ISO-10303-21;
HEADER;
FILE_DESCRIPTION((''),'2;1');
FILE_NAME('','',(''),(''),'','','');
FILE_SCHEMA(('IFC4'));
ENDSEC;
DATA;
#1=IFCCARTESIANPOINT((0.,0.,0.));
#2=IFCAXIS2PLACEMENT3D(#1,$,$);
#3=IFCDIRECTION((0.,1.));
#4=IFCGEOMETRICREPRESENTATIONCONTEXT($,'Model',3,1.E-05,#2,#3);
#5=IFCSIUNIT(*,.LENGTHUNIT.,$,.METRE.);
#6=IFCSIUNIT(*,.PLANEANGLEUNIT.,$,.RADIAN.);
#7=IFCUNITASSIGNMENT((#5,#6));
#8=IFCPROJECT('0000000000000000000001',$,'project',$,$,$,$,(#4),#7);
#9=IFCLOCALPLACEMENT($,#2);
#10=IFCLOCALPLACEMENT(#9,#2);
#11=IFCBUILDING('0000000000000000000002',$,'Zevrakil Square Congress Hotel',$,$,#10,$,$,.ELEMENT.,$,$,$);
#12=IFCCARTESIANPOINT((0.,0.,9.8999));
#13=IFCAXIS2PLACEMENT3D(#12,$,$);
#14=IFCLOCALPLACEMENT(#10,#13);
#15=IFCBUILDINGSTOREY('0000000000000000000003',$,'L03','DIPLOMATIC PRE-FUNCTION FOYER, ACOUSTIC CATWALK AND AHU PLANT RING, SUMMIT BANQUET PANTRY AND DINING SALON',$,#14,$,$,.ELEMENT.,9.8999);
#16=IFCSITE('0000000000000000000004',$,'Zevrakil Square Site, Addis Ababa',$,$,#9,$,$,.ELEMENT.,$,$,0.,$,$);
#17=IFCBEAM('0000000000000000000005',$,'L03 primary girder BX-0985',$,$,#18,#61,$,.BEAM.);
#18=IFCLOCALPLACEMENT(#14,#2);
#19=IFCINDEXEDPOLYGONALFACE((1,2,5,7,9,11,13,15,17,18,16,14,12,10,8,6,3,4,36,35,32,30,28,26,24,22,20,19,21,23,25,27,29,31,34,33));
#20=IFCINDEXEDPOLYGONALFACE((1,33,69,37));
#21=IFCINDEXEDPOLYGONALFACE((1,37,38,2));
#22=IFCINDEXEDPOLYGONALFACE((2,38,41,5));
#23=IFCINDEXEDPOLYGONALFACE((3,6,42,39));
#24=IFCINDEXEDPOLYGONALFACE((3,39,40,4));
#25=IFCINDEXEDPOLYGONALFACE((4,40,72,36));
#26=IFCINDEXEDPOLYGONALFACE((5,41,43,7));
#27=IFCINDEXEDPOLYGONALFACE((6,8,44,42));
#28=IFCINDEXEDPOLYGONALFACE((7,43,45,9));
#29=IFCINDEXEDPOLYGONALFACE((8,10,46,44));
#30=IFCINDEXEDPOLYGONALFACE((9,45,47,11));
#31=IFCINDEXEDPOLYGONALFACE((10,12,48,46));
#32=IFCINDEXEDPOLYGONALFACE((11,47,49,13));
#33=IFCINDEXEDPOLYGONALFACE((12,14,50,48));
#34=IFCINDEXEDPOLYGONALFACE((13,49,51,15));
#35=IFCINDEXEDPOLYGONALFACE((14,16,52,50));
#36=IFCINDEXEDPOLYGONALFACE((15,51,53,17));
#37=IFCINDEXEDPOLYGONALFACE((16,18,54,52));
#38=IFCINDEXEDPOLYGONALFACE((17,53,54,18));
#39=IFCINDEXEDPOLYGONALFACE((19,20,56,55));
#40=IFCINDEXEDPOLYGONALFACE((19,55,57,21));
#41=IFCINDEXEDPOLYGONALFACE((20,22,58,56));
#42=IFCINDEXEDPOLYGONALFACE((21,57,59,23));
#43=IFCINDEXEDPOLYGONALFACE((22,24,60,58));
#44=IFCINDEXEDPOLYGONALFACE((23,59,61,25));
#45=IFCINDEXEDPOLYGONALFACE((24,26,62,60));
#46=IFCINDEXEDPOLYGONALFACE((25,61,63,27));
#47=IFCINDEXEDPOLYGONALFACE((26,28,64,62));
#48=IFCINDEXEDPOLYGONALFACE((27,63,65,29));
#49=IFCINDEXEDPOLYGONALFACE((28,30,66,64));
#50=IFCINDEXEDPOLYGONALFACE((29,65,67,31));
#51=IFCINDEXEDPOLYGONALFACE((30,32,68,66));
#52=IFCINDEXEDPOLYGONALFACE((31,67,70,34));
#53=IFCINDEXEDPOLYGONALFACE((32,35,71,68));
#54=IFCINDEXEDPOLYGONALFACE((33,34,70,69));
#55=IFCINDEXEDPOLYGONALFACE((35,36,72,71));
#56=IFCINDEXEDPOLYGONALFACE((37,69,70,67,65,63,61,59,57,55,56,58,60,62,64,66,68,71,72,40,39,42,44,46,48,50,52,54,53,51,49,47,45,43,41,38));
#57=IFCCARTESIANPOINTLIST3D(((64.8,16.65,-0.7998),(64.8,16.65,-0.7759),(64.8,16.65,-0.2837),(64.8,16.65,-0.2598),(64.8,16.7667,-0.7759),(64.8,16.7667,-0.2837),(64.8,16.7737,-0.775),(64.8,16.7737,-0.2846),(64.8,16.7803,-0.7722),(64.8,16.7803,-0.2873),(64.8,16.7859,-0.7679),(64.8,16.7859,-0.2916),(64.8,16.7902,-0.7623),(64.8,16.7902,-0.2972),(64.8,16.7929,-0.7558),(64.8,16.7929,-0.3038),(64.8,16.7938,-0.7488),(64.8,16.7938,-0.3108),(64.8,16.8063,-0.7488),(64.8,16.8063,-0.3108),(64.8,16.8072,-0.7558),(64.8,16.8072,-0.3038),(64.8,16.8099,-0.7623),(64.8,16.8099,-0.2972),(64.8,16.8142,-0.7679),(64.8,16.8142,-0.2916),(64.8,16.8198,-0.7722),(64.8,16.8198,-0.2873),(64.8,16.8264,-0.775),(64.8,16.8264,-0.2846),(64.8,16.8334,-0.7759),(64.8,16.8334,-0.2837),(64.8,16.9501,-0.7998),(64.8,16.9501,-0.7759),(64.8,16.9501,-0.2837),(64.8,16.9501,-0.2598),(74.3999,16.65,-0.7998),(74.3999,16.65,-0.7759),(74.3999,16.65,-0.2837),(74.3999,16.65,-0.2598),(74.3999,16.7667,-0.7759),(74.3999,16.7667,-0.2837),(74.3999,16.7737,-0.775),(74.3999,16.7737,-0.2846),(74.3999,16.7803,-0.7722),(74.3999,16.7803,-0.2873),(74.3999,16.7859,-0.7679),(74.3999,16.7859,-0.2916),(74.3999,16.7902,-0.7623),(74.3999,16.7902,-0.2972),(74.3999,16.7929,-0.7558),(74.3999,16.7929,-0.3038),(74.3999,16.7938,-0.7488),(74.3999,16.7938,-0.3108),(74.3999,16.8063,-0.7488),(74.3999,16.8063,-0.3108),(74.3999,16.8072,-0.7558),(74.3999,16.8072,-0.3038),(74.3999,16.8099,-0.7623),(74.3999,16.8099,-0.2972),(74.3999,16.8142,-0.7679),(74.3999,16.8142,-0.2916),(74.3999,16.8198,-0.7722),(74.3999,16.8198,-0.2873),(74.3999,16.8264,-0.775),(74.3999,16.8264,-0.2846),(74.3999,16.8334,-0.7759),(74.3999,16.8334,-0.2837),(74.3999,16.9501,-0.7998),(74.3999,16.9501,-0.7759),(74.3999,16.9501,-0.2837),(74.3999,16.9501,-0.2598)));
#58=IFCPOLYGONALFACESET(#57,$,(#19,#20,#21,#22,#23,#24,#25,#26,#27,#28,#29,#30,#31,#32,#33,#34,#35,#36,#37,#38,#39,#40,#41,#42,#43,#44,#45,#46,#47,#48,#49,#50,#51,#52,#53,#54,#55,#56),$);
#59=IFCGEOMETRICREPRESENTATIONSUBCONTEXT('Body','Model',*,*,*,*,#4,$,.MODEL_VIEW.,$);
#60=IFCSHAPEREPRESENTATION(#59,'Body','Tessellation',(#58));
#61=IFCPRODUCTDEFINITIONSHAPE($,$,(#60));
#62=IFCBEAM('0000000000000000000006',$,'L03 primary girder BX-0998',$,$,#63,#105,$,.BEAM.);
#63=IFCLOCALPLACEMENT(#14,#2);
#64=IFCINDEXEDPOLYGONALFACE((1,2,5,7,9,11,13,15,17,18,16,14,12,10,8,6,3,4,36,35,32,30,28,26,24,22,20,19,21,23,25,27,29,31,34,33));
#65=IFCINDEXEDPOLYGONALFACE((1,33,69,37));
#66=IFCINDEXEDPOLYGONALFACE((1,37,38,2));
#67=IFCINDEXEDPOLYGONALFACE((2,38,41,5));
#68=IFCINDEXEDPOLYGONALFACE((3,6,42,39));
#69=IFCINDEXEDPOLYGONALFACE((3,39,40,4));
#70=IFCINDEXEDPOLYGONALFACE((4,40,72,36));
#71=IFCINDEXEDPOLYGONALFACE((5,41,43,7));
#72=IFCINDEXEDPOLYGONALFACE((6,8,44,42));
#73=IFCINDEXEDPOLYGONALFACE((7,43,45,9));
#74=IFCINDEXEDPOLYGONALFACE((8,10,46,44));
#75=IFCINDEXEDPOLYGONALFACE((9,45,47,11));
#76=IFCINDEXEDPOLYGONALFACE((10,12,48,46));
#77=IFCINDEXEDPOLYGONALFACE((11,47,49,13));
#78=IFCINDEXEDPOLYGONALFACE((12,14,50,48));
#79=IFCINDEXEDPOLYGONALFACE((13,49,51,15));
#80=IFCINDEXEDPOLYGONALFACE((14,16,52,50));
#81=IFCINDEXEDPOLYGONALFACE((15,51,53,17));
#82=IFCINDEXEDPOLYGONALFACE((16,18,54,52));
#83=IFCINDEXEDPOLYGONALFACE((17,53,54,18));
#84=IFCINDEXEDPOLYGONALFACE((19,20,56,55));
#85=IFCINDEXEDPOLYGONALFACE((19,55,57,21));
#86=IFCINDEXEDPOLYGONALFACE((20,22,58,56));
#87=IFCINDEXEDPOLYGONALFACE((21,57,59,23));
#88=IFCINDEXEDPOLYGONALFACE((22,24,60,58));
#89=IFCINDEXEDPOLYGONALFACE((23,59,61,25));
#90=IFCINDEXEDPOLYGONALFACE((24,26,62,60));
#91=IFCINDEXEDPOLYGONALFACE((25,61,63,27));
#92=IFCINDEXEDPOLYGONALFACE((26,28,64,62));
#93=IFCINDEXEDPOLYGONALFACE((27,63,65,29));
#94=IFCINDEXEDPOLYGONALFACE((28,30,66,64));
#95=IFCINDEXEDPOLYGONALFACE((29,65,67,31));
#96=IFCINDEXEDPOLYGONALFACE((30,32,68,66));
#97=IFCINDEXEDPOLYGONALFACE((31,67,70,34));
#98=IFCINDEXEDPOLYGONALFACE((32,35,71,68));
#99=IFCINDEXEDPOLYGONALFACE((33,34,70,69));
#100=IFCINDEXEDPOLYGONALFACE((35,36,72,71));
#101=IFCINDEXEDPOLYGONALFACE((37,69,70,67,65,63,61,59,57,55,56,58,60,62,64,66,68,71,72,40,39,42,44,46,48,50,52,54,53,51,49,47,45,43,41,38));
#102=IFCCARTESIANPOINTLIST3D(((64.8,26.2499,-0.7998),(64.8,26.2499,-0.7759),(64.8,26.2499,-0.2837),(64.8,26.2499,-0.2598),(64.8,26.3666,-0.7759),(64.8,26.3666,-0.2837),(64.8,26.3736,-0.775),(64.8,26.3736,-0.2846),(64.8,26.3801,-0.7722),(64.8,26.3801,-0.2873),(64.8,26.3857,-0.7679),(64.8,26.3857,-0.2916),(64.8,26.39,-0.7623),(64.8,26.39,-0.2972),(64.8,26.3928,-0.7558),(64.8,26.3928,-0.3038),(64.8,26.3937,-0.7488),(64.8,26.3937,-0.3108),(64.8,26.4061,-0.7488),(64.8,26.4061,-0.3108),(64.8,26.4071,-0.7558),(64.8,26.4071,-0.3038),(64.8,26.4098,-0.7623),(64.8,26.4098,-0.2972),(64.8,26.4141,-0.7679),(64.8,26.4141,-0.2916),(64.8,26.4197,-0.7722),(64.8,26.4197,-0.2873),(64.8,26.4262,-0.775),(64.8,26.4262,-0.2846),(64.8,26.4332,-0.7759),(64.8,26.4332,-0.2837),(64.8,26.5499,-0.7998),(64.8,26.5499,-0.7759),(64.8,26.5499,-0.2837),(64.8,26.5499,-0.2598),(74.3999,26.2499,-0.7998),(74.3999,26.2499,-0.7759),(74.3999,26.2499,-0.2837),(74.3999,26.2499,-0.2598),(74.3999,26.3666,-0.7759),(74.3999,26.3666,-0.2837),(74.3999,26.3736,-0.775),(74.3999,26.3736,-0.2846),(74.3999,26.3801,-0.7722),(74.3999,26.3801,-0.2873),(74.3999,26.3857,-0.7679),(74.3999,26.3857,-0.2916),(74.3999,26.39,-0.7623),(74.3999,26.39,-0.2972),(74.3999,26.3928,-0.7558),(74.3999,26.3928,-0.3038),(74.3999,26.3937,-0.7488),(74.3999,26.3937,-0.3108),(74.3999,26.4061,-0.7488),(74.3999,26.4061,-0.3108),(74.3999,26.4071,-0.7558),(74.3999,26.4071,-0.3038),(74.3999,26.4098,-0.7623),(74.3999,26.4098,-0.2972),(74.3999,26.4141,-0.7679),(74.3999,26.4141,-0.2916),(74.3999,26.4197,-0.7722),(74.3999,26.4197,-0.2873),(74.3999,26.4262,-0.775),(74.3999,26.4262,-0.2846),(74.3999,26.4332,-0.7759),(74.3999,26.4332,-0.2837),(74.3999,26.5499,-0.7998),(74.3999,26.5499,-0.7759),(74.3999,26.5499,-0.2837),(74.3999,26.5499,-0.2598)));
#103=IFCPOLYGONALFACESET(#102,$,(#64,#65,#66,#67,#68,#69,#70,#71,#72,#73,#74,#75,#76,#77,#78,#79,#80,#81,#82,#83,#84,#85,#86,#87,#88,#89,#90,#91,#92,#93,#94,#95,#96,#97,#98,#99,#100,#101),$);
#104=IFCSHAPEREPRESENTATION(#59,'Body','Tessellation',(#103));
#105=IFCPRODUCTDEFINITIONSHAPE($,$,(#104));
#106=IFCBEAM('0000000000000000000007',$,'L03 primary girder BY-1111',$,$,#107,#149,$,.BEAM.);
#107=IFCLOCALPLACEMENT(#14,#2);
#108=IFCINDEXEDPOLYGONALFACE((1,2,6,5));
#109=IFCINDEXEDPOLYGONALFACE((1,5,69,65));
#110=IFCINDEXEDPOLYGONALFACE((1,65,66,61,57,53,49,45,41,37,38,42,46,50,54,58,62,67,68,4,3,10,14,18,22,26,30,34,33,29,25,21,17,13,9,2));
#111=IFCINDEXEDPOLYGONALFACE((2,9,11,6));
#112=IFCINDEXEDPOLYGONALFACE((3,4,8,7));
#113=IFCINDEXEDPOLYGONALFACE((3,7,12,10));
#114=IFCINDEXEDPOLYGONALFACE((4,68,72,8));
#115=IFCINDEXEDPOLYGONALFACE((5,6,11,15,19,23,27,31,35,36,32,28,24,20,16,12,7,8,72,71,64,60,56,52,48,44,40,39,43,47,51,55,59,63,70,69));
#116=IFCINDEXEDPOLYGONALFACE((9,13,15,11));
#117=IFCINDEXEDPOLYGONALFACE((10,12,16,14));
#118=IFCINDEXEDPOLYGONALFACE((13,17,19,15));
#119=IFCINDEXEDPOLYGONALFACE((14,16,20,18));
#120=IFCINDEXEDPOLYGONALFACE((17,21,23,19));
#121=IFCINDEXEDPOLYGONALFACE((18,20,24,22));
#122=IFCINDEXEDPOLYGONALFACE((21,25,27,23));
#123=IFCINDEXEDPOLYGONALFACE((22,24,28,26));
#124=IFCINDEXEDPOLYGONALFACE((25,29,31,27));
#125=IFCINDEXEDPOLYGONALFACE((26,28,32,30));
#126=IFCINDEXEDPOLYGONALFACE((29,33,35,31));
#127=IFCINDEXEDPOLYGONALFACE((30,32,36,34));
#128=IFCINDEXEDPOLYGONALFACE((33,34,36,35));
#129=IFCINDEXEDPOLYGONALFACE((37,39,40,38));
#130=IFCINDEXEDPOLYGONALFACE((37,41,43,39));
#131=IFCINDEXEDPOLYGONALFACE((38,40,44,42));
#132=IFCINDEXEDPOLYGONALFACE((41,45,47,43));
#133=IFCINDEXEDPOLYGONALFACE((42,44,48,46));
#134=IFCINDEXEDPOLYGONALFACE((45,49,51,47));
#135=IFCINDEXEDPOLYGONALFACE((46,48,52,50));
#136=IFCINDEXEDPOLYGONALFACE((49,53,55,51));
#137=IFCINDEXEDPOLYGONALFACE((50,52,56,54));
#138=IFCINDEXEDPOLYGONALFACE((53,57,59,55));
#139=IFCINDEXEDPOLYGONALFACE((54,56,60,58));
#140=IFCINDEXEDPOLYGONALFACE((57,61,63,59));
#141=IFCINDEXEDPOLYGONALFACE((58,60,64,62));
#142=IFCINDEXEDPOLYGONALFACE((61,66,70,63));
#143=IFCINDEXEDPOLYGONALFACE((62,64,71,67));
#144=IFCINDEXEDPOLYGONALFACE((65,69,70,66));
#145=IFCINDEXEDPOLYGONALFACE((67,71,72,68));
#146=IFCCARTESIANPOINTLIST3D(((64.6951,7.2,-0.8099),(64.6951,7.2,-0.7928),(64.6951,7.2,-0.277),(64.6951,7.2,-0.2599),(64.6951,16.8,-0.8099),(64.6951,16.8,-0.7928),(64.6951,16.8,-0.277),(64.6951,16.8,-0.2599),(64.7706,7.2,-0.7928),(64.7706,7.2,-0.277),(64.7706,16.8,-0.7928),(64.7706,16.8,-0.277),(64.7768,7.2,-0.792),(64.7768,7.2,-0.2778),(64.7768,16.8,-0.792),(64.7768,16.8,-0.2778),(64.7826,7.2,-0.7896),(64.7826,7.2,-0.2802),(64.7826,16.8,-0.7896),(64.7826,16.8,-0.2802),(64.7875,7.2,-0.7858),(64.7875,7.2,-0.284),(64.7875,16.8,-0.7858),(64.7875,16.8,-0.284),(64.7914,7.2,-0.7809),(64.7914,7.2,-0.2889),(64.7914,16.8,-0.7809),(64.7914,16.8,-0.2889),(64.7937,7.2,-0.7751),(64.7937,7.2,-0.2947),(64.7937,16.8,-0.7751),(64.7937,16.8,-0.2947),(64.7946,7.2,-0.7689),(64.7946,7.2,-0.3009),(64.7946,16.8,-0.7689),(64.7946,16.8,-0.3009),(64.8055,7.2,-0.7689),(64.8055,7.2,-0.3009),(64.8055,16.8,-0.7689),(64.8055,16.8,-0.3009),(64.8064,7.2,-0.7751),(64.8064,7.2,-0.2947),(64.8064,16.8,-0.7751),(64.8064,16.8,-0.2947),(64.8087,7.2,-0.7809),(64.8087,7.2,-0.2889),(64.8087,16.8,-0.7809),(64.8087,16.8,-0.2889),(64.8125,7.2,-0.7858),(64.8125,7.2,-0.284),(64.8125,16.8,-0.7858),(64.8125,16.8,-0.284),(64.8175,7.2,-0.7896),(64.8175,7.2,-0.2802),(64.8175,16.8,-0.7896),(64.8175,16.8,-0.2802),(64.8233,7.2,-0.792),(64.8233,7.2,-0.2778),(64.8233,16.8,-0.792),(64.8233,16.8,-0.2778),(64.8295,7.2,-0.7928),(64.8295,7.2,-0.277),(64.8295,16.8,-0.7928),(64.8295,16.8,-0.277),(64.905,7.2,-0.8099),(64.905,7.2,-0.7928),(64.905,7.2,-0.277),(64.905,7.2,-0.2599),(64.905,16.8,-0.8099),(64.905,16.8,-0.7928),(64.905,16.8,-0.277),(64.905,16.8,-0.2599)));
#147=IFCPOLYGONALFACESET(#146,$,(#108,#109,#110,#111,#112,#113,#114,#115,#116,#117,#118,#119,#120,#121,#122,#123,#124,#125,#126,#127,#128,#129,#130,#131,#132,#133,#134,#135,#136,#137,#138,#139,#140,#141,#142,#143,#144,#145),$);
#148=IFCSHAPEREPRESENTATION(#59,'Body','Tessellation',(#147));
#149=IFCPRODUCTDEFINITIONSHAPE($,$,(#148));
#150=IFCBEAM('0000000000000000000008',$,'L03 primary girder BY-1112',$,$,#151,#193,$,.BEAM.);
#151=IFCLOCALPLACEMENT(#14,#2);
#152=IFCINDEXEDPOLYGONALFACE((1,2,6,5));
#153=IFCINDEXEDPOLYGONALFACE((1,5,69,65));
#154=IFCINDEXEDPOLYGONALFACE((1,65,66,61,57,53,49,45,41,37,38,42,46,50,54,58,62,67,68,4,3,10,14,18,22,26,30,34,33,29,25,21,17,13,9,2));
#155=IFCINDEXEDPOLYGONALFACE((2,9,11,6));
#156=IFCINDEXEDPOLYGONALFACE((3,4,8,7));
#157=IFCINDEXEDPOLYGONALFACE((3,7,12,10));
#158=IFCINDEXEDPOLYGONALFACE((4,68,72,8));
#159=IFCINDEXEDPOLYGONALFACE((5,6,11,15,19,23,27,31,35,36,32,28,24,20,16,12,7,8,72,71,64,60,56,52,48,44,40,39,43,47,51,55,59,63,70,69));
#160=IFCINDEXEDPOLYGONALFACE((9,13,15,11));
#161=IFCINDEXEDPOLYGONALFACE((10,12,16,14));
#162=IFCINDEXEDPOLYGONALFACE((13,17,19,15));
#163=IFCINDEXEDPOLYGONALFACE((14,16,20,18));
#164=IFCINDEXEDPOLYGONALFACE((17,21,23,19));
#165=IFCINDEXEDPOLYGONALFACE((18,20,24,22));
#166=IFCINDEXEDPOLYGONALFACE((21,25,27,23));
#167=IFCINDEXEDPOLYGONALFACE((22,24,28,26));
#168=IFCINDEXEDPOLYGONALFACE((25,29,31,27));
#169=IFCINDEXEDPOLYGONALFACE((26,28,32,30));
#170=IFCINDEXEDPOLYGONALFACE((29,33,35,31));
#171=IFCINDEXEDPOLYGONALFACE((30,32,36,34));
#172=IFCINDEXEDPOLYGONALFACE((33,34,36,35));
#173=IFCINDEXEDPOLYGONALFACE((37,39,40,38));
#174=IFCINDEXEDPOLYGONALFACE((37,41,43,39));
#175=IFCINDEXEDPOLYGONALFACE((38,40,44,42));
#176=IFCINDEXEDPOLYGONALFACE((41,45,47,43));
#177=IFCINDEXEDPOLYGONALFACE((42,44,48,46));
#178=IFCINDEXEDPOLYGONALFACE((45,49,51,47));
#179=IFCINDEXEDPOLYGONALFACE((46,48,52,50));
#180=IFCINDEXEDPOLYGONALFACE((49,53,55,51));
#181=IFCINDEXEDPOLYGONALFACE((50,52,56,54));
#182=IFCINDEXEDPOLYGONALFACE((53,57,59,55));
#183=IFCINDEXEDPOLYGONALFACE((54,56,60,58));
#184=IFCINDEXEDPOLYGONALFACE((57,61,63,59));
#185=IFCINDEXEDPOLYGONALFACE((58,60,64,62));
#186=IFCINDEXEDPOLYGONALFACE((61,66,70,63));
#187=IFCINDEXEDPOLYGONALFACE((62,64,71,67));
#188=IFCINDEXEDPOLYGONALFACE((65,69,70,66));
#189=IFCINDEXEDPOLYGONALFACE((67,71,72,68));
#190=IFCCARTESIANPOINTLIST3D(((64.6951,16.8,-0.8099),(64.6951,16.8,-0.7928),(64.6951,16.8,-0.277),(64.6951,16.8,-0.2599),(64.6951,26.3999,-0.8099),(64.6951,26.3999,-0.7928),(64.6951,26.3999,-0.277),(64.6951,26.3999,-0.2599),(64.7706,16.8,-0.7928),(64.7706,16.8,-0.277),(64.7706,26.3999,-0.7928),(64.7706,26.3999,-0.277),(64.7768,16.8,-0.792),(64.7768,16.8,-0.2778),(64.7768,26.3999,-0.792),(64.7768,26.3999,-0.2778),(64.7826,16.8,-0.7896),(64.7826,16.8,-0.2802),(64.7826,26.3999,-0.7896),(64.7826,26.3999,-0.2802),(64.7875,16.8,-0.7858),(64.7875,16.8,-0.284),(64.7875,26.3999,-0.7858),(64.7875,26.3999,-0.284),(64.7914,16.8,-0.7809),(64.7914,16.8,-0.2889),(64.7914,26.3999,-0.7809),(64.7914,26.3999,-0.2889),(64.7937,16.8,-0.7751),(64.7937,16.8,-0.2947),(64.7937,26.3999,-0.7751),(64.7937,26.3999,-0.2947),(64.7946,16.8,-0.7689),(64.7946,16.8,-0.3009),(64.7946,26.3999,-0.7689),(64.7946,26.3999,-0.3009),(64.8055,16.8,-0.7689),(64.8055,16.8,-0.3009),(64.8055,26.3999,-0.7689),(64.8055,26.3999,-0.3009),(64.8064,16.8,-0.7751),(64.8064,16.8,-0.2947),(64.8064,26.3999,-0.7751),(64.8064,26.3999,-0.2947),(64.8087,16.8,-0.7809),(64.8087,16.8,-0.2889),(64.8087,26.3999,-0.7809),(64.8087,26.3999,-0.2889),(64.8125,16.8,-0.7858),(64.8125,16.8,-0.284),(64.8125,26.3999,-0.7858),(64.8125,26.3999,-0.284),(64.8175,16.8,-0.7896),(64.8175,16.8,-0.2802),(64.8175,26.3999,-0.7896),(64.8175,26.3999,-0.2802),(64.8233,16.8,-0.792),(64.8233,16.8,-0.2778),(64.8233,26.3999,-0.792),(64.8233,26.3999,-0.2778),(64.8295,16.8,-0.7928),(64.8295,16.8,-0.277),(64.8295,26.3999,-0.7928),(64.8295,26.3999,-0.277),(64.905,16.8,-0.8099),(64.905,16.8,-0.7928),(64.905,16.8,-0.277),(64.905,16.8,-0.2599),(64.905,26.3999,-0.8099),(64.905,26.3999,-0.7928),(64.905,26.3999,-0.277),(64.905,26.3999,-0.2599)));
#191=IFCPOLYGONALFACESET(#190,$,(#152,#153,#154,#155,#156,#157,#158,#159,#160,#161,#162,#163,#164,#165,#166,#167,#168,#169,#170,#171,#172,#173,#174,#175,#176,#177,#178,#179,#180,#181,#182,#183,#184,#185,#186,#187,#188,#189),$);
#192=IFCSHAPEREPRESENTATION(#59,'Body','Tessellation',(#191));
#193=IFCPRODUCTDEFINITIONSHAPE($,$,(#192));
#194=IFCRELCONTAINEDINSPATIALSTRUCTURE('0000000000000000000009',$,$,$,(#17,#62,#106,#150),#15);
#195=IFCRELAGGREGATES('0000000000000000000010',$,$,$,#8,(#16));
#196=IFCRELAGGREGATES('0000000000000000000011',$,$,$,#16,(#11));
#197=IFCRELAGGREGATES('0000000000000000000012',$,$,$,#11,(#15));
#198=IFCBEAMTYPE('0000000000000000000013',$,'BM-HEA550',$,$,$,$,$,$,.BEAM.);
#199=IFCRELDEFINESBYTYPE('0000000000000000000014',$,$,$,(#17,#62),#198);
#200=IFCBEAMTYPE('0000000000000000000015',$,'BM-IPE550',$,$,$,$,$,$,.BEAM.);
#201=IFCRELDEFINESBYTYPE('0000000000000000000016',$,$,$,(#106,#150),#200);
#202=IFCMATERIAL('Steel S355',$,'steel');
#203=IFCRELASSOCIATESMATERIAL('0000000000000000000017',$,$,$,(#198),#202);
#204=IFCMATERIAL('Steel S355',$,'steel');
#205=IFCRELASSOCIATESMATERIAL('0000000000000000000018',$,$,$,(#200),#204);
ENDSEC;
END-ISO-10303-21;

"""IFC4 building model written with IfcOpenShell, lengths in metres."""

from ifc_helpers import new_model, si_unit, direction, frame, origin, origin_2d, place, context, subcontext, project, spatial, i_section, extrude, material, material_profile, profile_set, type_object, element, save


model = new_model("IFC4")

# Units and contexts
model_context = context("Model", 3, precision=1e-05, world=origin(), true_north=direction((0.0, 1.0)))
body_context = subcontext(model_context, "Body", "Model", "MODEL_VIEW")
ifc_project = project(units=[si_unit("LENGTHUNIT", "METRE"), si_unit("PLANEANGLEUNIT", "RADIAN")], contexts=[model_context])

# Site, building, storey
site_placement = place(None, origin())
site = spatial("IfcSite", under=ifc_project, at=site_placement, Name="Zevrakil Square Site, Addis Ababa", CompositionType="ELEMENT", RefElevation=0.0)
building_placement = place(site_placement, origin())
building = spatial("IfcBuilding", under=site, at=building_placement, Name="Zevrakil Square Congress Hotel", CompositionType="ELEMENT")
storey_placement = place(building_placement, frame((0.0, 0.0, 9.8999)))
storey = spatial("IfcBuildingStorey", under=building, at=storey_placement, Name="L03", Description="DIPLOMATIC PRE-FUNCTION FOYER, ACOUSTIC CATWALK AND AHU PLANT RING, SUMMIT BANQUET PANTRY AND DINING SALON", CompositionType="ELEMENT", Elevation=9.8999)

# Beams
ifc_material_1 = material(Name="Steel S355", Category="steel")
ifc_material_profile_1 = material_profile(ifc_material_1, i_section(OverallWidth=0.3, OverallDepth=0.54, WebThickness=0.0125, FlangeThickness=0.0239, FilletRadius=0.0271, at=origin_2d()), Name="HEA 550")
ifc_profile_set_1 = profile_set([ifc_material_profile_1], Name="Steel S355")
beam_type_1 = type_object("IfcBeamType", Name="BM-HEA550", PredefinedType="BEAM", material=ifc_profile_set_1)
for number, where, z_axis, x_axis, name in (
    (1, (64.8, 16.8, -0.5298), (1.0, 0.0, 0.0), (0.0, 1.0, 0.0), "L03 primary girder BX-0985"),
    (2, (64.8, 26.3999, -0.5298), (1.0, 0.0, 0.0), (0.0, 1.0, 0.0), "L03 primary girder BX-0998"),
):
    element("IfcBeam", number, at=place(storey_placement, frame(where, z_axis=z_axis, x_axis=x_axis)), inside=storey, type_object=beam_type_1, Name=name, PredefinedType="BEAM", context=body_context, shape_type="SweptSolid", body=[
        extrude(i_section(OverallWidth=0.3, OverallDepth=0.54, WebThickness=0.0125, FlangeThickness=0.0239, FilletRadius=0.0271, at=origin_2d()), origin(), (0.0, 0.0, 1.0), 9.5999),
    ])
ifc_material_2 = material(Name="Steel S355", Category="steel")
ifc_material_profile_2 = material_profile(ifc_material_2, i_section(OverallWidth=0.21, OverallDepth=0.55, WebThickness=0.011, FlangeThickness=0.0171, FilletRadius=0.0239, at=origin_2d()), Name="IPE 550")
ifc_profile_set_2 = profile_set([ifc_material_profile_2], Name="Steel S355")
beam_type_2 = type_object("IfcBeamType", Name="BM-IPE550", PredefinedType="BEAM", material=ifc_profile_set_2)
beam_1_placement = place(storey_placement, frame((64.8, 7.2, -0.5349), z_axis=(0.0, 1.0, 0.0), x_axis=(-1.0, 0.0, 0.0)))
element("IfcBeam", 3, at=beam_1_placement, inside=storey, type_object=beam_type_2, Name="L03 primary girder BY-1111", PredefinedType="BEAM", context=body_context, shape_type="SweptSolid", body=[
    extrude(i_section(OverallWidth=0.21, OverallDepth=0.55, WebThickness=0.011, FlangeThickness=0.0171, FilletRadius=0.0239, at=origin_2d()), origin(), (0.0, 0.0, 1.0), 9.6001),
])
beam_2_placement = place(storey_placement, frame((64.8, 16.8, -0.5349), z_axis=(0.0, 1.0, 0.0), x_axis=(-1.0, 0.0, 0.0)))
element("IfcBeam", 4, at=beam_2_placement, inside=storey, type_object=beam_type_2, Name="L03 primary girder BY-1112", PredefinedType="BEAM", context=body_context, shape_type="SweptSolid", body=[
    extrude(i_section(OverallWidth=0.21, OverallDepth=0.55, WebThickness=0.011, FlangeThickness=0.0171, FilletRadius=0.0239, at=origin_2d()), origin(), (0.0, 0.0, 1.0), 9.5999),
])

save(model, "model.ifc")
